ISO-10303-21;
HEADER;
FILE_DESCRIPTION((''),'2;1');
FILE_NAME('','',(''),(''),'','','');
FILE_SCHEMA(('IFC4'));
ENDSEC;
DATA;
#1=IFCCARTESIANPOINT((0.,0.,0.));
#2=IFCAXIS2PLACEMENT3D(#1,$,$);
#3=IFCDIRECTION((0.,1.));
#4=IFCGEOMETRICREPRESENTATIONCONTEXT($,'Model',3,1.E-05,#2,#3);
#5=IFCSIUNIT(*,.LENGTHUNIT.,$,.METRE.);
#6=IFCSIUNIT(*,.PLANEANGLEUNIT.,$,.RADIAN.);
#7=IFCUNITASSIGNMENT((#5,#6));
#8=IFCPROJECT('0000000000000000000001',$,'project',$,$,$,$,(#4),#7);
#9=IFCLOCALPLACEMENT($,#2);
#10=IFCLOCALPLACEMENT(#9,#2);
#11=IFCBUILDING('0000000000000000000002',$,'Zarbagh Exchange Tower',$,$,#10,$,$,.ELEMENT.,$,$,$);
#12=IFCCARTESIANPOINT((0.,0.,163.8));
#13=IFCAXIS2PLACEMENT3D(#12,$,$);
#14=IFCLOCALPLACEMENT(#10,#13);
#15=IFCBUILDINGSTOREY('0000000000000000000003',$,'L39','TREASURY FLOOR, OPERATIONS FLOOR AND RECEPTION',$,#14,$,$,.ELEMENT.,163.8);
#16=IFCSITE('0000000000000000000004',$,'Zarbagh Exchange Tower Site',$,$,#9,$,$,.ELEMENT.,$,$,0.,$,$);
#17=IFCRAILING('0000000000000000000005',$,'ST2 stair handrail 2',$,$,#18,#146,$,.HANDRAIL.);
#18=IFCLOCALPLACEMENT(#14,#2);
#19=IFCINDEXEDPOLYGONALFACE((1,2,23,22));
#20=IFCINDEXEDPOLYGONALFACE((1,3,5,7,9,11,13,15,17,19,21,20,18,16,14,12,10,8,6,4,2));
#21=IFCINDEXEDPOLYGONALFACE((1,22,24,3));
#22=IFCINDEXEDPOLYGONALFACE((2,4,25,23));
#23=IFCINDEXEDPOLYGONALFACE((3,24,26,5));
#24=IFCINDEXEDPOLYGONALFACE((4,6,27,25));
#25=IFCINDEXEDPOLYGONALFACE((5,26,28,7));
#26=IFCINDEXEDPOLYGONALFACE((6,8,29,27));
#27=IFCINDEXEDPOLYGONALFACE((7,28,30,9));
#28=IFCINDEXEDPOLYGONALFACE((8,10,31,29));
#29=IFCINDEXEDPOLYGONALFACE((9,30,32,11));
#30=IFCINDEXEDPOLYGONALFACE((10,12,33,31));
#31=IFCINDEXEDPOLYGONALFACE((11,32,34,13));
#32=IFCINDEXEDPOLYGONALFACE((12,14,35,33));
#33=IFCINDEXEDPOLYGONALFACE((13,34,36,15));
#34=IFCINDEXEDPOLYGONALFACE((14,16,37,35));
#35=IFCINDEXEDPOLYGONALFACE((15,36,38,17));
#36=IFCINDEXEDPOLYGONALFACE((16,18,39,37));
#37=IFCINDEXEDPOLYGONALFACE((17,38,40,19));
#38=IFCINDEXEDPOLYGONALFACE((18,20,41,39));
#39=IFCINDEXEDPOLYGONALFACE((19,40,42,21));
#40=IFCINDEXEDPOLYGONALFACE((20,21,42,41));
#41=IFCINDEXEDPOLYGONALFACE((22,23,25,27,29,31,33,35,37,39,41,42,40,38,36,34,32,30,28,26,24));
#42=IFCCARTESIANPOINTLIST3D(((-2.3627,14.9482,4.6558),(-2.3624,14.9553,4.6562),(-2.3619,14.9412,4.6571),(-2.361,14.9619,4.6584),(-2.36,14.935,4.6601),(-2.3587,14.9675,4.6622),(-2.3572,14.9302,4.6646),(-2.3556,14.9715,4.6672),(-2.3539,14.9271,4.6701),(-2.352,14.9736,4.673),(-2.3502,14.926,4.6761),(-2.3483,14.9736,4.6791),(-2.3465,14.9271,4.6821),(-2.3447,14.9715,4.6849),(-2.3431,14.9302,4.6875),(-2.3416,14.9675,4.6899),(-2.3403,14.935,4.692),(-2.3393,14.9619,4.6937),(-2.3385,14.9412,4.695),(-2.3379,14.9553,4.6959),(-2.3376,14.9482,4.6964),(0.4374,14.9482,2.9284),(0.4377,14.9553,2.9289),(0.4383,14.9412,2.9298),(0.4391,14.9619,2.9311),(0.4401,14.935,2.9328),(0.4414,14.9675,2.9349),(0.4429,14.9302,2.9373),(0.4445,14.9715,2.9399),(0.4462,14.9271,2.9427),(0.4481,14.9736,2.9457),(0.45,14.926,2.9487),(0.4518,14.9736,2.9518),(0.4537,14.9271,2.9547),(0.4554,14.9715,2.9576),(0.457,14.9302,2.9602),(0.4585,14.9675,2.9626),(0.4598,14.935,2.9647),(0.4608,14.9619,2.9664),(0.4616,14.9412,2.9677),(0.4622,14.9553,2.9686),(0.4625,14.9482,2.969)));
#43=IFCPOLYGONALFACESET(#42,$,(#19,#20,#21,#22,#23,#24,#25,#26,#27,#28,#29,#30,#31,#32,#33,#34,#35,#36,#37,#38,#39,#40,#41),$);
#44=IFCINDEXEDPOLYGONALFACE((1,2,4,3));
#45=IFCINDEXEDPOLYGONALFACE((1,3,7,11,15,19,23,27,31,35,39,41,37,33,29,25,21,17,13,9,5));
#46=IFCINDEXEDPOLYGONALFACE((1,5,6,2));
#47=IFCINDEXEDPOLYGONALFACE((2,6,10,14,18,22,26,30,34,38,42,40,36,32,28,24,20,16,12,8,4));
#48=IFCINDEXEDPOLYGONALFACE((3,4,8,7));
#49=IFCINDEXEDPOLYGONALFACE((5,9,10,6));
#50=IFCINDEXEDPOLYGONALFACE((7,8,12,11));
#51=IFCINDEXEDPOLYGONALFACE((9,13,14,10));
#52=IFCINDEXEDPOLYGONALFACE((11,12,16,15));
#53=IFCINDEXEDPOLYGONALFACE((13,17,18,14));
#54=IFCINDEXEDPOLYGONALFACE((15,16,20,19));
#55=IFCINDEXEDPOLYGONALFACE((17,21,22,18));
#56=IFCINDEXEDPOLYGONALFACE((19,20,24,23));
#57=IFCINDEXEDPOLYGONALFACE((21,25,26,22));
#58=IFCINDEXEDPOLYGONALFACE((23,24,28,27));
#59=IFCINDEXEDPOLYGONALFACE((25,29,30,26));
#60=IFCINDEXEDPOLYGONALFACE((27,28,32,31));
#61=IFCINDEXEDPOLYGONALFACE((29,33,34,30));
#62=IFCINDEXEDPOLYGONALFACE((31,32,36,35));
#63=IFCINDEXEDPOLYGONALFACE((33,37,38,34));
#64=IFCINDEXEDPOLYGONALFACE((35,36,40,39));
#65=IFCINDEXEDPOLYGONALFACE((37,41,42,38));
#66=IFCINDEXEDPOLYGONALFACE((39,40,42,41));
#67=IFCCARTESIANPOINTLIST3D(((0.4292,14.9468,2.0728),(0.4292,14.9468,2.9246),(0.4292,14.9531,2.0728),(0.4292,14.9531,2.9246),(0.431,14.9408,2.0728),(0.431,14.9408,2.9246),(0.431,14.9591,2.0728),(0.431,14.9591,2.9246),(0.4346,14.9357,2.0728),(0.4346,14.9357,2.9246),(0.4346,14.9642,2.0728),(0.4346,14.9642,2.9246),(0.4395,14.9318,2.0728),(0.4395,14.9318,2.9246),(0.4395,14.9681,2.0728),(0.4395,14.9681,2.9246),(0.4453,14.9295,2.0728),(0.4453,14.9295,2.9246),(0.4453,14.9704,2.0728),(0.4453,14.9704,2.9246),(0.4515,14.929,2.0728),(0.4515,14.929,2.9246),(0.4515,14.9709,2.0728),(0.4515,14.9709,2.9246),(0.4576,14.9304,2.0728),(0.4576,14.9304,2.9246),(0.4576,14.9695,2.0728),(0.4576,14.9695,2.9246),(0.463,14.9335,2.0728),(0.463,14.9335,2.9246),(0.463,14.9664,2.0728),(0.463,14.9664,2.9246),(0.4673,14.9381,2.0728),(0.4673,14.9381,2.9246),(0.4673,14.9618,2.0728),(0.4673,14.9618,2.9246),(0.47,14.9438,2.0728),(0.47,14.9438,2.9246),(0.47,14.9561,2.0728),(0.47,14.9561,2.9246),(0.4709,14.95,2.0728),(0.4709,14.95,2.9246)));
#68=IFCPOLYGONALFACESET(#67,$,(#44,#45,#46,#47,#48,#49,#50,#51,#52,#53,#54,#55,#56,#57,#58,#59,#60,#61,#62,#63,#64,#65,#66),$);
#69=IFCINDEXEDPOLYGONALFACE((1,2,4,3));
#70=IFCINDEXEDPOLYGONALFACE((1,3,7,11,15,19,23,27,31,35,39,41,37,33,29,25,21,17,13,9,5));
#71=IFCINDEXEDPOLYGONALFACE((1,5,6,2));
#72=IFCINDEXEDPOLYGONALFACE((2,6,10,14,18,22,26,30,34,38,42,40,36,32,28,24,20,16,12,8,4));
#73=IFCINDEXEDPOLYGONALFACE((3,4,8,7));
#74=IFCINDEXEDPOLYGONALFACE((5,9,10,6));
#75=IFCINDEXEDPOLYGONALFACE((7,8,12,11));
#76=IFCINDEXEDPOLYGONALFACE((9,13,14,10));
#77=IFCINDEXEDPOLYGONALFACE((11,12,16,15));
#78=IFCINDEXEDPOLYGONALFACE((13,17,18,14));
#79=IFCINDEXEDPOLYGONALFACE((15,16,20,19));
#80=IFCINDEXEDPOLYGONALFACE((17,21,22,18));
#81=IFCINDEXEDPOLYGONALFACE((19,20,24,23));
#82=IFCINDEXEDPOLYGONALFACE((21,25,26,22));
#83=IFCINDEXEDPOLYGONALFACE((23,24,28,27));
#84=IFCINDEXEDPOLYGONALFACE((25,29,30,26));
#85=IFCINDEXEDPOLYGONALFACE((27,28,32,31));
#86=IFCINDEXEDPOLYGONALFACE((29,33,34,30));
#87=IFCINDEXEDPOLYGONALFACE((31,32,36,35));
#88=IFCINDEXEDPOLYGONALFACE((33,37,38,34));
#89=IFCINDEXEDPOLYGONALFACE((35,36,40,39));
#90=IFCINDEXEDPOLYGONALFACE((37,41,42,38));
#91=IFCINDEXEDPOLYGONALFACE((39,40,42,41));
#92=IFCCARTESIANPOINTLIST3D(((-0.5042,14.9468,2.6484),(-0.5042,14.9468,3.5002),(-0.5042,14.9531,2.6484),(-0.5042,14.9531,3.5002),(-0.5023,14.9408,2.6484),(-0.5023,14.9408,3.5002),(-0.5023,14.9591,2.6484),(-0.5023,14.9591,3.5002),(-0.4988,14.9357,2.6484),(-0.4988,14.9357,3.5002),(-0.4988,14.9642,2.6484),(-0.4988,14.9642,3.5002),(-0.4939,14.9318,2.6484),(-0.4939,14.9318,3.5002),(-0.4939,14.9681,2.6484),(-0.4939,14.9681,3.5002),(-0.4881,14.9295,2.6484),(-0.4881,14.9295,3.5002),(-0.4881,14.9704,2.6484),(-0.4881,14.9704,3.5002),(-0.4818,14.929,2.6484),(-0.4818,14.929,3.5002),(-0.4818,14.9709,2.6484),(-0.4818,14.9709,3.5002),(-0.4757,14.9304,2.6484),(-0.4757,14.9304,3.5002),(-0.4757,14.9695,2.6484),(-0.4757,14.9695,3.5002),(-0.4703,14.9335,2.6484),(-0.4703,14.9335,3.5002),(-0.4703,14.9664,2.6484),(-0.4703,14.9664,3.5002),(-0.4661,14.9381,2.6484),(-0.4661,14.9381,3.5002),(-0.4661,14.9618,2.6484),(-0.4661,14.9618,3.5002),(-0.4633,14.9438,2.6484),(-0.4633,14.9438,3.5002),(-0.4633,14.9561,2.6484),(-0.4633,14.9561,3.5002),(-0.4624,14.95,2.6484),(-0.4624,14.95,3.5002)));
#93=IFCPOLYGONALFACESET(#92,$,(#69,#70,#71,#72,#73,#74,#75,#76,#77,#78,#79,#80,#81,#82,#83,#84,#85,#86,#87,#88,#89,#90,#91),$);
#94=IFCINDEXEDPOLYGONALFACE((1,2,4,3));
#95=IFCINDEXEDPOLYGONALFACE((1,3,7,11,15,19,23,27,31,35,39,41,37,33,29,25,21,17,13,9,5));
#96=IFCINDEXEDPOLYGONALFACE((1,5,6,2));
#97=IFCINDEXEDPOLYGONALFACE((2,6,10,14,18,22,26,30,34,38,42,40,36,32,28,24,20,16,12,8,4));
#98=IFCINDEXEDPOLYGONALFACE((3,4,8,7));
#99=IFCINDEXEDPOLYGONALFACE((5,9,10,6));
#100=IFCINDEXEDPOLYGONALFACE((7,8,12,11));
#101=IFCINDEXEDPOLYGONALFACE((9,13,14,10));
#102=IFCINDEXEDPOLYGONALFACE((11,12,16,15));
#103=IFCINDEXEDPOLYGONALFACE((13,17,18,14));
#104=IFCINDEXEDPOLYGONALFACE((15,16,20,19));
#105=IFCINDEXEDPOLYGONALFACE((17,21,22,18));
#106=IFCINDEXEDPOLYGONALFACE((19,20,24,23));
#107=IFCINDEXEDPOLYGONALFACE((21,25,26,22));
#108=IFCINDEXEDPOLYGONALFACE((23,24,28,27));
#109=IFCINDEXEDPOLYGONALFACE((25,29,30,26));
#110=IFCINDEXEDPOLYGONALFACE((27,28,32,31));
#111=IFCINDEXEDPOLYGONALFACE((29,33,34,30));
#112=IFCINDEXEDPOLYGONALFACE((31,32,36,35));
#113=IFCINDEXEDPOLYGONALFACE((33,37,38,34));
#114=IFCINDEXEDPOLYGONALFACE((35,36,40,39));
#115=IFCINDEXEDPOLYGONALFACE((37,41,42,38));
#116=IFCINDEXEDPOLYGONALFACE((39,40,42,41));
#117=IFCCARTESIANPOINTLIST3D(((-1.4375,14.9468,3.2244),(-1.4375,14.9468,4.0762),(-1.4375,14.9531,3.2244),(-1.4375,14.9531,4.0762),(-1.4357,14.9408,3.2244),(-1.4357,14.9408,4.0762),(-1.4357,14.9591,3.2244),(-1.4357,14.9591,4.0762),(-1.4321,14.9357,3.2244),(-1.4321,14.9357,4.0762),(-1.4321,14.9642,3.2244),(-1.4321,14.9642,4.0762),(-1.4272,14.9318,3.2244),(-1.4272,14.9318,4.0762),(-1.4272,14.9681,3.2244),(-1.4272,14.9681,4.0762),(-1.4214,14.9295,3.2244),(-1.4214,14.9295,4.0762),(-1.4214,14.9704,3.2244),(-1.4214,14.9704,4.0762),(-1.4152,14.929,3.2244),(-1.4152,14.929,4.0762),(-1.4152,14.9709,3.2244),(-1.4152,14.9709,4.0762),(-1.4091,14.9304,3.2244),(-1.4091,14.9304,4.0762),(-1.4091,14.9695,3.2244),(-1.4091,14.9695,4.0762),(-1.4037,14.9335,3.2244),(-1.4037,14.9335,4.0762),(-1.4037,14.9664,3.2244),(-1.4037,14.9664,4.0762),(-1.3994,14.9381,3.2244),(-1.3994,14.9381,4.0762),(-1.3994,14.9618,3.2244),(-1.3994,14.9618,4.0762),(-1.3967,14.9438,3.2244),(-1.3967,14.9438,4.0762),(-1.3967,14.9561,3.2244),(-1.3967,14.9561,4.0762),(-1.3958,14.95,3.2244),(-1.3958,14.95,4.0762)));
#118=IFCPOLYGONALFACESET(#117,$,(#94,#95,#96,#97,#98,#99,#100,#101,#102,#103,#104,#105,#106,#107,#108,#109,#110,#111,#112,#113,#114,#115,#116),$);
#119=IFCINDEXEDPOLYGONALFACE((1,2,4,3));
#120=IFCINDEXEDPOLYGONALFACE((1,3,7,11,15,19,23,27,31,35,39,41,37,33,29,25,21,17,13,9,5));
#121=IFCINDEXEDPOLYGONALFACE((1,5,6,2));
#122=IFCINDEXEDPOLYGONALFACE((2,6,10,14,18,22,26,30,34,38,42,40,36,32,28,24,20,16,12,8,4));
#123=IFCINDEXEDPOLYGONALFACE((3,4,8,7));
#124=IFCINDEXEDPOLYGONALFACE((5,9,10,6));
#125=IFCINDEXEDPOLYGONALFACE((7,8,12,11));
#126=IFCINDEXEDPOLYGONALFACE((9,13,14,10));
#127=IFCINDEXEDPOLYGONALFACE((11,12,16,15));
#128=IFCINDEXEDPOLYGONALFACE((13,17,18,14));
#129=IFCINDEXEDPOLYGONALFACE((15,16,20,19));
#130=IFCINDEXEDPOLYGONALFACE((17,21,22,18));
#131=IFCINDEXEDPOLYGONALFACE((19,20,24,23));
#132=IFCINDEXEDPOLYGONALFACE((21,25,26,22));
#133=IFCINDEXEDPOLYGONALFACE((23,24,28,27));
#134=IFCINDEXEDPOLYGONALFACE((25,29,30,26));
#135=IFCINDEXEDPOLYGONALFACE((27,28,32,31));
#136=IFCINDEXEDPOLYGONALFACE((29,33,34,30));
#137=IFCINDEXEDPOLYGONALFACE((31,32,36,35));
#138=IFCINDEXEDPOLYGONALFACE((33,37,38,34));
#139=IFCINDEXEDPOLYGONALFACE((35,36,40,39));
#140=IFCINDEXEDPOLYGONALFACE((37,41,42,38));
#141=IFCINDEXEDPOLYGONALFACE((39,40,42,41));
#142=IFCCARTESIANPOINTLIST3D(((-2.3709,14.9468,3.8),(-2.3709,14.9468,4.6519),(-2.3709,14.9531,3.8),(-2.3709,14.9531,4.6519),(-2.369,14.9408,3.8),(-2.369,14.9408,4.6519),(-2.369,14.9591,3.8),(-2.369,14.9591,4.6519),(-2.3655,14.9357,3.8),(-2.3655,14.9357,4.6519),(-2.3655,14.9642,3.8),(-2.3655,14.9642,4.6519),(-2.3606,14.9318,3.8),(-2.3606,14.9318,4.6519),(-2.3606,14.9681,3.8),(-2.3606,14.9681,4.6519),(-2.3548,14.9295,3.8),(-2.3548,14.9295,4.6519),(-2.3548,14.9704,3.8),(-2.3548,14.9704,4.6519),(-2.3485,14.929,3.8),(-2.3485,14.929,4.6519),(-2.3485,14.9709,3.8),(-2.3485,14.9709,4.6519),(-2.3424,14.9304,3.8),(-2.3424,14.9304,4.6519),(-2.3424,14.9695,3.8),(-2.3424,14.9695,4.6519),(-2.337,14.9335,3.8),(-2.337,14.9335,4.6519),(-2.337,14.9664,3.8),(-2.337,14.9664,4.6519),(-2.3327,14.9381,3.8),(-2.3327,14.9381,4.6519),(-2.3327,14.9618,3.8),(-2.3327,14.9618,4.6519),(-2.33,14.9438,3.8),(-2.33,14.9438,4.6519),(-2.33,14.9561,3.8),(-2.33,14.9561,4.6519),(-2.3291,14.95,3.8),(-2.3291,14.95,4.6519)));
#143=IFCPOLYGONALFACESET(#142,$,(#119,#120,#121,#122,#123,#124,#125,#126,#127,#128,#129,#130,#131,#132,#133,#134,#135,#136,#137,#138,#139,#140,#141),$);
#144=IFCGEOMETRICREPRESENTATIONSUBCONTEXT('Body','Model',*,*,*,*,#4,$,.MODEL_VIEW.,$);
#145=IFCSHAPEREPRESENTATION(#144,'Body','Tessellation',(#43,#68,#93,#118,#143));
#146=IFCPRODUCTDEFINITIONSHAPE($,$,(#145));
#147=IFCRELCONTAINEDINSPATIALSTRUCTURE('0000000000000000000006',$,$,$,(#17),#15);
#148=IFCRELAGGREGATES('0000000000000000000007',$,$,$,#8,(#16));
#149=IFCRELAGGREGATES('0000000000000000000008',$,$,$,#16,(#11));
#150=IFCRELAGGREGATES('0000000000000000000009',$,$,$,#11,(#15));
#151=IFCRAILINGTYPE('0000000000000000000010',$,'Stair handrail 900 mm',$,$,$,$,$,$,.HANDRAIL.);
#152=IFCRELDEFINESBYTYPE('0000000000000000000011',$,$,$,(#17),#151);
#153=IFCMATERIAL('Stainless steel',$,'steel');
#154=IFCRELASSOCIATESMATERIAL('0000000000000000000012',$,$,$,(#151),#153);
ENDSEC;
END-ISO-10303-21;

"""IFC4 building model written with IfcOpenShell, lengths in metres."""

from ifc_helpers import new_model, si_unit, direction, frame, origin, origin_2d, place, context, subcontext, project, spatial, circle, extrude, material, type_object, element, save


model = new_model("IFC4")

# Units and contexts
model_context = context("Model", 3, precision=1e-05, world=origin(), true_north=direction((0.0, 1.0)))
body_context = subcontext(model_context, "Body", "Model", "MODEL_VIEW")
ifc_project = project(units=[si_unit("LENGTHUNIT", "METRE"), si_unit("PLANEANGLEUNIT", "RADIAN")], contexts=[model_context])

# Site, building, storey
site_placement = place(None, origin())
site = spatial("IfcSite", under=ifc_project, at=site_placement, Name="Zarbagh Exchange Tower Site", CompositionType="ELEMENT", RefElevation=0.0)
building_placement = place(site_placement, origin())
building = spatial("IfcBuilding", under=site, at=building_placement, Name="Zarbagh Exchange Tower", CompositionType="ELEMENT")
storey_placement = place(building_placement, frame((0.0, 0.0, 163.8)))
storey = spatial("IfcBuildingStorey", under=building, at=storey_placement, Name="L39", Description="TREASURY FLOOR, OPERATIONS FLOOR AND RECEPTION", CompositionType="ELEMENT", Elevation=163.8)

# Railing
ifc_material_1 = material(Name="Stainless steel", Category="steel")
railing_type_1 = type_object("IfcRailingType", Name="Stair handrail 900 mm", PredefinedType="HANDRAIL", material=ifc_material_1)
railing_1_placement = place(storey_placement, frame((0.45, 14.95, 2.0728)))
element("IfcRailing", 1, at=railing_1_placement, inside=storey, type_object=railing_type_1, Name="ST2 stair handrail 2", PredefinedType="HANDRAIL", context=body_context, shape_type="SweptSolid", body=[
    extrude(circle(Radius=0.0239, at=origin_2d()), frame((0.0, 0.0, 0.876), z_axis=(-0.85109, 0.0, 0.52502), x_axis=(0.0, -1.0, 0.0)), (0.0, 0.0, 1.0), 3.29),
    extrude(circle(Radius=0.021, at=origin_2d()), origin(), (0.0, 0.0, 1.0), 0.8518),
    extrude(circle(Radius=0.021, at=origin_2d()), frame((-0.9333, 0.0, 0.5757)), (0.0, 0.0, 1.0), 0.8518),
    extrude(circle(Radius=0.021, at=origin_2d()), frame((-1.8667, 0.0, 1.1516)), (0.0, 0.0, 1.0), 0.8518),
    extrude(circle(Radius=0.021, at=origin_2d()), frame((-2.8, 0.0, 1.7273)), (0.0, 0.0, 1.0), 0.8518),
])

save(model, "model.ifc")
